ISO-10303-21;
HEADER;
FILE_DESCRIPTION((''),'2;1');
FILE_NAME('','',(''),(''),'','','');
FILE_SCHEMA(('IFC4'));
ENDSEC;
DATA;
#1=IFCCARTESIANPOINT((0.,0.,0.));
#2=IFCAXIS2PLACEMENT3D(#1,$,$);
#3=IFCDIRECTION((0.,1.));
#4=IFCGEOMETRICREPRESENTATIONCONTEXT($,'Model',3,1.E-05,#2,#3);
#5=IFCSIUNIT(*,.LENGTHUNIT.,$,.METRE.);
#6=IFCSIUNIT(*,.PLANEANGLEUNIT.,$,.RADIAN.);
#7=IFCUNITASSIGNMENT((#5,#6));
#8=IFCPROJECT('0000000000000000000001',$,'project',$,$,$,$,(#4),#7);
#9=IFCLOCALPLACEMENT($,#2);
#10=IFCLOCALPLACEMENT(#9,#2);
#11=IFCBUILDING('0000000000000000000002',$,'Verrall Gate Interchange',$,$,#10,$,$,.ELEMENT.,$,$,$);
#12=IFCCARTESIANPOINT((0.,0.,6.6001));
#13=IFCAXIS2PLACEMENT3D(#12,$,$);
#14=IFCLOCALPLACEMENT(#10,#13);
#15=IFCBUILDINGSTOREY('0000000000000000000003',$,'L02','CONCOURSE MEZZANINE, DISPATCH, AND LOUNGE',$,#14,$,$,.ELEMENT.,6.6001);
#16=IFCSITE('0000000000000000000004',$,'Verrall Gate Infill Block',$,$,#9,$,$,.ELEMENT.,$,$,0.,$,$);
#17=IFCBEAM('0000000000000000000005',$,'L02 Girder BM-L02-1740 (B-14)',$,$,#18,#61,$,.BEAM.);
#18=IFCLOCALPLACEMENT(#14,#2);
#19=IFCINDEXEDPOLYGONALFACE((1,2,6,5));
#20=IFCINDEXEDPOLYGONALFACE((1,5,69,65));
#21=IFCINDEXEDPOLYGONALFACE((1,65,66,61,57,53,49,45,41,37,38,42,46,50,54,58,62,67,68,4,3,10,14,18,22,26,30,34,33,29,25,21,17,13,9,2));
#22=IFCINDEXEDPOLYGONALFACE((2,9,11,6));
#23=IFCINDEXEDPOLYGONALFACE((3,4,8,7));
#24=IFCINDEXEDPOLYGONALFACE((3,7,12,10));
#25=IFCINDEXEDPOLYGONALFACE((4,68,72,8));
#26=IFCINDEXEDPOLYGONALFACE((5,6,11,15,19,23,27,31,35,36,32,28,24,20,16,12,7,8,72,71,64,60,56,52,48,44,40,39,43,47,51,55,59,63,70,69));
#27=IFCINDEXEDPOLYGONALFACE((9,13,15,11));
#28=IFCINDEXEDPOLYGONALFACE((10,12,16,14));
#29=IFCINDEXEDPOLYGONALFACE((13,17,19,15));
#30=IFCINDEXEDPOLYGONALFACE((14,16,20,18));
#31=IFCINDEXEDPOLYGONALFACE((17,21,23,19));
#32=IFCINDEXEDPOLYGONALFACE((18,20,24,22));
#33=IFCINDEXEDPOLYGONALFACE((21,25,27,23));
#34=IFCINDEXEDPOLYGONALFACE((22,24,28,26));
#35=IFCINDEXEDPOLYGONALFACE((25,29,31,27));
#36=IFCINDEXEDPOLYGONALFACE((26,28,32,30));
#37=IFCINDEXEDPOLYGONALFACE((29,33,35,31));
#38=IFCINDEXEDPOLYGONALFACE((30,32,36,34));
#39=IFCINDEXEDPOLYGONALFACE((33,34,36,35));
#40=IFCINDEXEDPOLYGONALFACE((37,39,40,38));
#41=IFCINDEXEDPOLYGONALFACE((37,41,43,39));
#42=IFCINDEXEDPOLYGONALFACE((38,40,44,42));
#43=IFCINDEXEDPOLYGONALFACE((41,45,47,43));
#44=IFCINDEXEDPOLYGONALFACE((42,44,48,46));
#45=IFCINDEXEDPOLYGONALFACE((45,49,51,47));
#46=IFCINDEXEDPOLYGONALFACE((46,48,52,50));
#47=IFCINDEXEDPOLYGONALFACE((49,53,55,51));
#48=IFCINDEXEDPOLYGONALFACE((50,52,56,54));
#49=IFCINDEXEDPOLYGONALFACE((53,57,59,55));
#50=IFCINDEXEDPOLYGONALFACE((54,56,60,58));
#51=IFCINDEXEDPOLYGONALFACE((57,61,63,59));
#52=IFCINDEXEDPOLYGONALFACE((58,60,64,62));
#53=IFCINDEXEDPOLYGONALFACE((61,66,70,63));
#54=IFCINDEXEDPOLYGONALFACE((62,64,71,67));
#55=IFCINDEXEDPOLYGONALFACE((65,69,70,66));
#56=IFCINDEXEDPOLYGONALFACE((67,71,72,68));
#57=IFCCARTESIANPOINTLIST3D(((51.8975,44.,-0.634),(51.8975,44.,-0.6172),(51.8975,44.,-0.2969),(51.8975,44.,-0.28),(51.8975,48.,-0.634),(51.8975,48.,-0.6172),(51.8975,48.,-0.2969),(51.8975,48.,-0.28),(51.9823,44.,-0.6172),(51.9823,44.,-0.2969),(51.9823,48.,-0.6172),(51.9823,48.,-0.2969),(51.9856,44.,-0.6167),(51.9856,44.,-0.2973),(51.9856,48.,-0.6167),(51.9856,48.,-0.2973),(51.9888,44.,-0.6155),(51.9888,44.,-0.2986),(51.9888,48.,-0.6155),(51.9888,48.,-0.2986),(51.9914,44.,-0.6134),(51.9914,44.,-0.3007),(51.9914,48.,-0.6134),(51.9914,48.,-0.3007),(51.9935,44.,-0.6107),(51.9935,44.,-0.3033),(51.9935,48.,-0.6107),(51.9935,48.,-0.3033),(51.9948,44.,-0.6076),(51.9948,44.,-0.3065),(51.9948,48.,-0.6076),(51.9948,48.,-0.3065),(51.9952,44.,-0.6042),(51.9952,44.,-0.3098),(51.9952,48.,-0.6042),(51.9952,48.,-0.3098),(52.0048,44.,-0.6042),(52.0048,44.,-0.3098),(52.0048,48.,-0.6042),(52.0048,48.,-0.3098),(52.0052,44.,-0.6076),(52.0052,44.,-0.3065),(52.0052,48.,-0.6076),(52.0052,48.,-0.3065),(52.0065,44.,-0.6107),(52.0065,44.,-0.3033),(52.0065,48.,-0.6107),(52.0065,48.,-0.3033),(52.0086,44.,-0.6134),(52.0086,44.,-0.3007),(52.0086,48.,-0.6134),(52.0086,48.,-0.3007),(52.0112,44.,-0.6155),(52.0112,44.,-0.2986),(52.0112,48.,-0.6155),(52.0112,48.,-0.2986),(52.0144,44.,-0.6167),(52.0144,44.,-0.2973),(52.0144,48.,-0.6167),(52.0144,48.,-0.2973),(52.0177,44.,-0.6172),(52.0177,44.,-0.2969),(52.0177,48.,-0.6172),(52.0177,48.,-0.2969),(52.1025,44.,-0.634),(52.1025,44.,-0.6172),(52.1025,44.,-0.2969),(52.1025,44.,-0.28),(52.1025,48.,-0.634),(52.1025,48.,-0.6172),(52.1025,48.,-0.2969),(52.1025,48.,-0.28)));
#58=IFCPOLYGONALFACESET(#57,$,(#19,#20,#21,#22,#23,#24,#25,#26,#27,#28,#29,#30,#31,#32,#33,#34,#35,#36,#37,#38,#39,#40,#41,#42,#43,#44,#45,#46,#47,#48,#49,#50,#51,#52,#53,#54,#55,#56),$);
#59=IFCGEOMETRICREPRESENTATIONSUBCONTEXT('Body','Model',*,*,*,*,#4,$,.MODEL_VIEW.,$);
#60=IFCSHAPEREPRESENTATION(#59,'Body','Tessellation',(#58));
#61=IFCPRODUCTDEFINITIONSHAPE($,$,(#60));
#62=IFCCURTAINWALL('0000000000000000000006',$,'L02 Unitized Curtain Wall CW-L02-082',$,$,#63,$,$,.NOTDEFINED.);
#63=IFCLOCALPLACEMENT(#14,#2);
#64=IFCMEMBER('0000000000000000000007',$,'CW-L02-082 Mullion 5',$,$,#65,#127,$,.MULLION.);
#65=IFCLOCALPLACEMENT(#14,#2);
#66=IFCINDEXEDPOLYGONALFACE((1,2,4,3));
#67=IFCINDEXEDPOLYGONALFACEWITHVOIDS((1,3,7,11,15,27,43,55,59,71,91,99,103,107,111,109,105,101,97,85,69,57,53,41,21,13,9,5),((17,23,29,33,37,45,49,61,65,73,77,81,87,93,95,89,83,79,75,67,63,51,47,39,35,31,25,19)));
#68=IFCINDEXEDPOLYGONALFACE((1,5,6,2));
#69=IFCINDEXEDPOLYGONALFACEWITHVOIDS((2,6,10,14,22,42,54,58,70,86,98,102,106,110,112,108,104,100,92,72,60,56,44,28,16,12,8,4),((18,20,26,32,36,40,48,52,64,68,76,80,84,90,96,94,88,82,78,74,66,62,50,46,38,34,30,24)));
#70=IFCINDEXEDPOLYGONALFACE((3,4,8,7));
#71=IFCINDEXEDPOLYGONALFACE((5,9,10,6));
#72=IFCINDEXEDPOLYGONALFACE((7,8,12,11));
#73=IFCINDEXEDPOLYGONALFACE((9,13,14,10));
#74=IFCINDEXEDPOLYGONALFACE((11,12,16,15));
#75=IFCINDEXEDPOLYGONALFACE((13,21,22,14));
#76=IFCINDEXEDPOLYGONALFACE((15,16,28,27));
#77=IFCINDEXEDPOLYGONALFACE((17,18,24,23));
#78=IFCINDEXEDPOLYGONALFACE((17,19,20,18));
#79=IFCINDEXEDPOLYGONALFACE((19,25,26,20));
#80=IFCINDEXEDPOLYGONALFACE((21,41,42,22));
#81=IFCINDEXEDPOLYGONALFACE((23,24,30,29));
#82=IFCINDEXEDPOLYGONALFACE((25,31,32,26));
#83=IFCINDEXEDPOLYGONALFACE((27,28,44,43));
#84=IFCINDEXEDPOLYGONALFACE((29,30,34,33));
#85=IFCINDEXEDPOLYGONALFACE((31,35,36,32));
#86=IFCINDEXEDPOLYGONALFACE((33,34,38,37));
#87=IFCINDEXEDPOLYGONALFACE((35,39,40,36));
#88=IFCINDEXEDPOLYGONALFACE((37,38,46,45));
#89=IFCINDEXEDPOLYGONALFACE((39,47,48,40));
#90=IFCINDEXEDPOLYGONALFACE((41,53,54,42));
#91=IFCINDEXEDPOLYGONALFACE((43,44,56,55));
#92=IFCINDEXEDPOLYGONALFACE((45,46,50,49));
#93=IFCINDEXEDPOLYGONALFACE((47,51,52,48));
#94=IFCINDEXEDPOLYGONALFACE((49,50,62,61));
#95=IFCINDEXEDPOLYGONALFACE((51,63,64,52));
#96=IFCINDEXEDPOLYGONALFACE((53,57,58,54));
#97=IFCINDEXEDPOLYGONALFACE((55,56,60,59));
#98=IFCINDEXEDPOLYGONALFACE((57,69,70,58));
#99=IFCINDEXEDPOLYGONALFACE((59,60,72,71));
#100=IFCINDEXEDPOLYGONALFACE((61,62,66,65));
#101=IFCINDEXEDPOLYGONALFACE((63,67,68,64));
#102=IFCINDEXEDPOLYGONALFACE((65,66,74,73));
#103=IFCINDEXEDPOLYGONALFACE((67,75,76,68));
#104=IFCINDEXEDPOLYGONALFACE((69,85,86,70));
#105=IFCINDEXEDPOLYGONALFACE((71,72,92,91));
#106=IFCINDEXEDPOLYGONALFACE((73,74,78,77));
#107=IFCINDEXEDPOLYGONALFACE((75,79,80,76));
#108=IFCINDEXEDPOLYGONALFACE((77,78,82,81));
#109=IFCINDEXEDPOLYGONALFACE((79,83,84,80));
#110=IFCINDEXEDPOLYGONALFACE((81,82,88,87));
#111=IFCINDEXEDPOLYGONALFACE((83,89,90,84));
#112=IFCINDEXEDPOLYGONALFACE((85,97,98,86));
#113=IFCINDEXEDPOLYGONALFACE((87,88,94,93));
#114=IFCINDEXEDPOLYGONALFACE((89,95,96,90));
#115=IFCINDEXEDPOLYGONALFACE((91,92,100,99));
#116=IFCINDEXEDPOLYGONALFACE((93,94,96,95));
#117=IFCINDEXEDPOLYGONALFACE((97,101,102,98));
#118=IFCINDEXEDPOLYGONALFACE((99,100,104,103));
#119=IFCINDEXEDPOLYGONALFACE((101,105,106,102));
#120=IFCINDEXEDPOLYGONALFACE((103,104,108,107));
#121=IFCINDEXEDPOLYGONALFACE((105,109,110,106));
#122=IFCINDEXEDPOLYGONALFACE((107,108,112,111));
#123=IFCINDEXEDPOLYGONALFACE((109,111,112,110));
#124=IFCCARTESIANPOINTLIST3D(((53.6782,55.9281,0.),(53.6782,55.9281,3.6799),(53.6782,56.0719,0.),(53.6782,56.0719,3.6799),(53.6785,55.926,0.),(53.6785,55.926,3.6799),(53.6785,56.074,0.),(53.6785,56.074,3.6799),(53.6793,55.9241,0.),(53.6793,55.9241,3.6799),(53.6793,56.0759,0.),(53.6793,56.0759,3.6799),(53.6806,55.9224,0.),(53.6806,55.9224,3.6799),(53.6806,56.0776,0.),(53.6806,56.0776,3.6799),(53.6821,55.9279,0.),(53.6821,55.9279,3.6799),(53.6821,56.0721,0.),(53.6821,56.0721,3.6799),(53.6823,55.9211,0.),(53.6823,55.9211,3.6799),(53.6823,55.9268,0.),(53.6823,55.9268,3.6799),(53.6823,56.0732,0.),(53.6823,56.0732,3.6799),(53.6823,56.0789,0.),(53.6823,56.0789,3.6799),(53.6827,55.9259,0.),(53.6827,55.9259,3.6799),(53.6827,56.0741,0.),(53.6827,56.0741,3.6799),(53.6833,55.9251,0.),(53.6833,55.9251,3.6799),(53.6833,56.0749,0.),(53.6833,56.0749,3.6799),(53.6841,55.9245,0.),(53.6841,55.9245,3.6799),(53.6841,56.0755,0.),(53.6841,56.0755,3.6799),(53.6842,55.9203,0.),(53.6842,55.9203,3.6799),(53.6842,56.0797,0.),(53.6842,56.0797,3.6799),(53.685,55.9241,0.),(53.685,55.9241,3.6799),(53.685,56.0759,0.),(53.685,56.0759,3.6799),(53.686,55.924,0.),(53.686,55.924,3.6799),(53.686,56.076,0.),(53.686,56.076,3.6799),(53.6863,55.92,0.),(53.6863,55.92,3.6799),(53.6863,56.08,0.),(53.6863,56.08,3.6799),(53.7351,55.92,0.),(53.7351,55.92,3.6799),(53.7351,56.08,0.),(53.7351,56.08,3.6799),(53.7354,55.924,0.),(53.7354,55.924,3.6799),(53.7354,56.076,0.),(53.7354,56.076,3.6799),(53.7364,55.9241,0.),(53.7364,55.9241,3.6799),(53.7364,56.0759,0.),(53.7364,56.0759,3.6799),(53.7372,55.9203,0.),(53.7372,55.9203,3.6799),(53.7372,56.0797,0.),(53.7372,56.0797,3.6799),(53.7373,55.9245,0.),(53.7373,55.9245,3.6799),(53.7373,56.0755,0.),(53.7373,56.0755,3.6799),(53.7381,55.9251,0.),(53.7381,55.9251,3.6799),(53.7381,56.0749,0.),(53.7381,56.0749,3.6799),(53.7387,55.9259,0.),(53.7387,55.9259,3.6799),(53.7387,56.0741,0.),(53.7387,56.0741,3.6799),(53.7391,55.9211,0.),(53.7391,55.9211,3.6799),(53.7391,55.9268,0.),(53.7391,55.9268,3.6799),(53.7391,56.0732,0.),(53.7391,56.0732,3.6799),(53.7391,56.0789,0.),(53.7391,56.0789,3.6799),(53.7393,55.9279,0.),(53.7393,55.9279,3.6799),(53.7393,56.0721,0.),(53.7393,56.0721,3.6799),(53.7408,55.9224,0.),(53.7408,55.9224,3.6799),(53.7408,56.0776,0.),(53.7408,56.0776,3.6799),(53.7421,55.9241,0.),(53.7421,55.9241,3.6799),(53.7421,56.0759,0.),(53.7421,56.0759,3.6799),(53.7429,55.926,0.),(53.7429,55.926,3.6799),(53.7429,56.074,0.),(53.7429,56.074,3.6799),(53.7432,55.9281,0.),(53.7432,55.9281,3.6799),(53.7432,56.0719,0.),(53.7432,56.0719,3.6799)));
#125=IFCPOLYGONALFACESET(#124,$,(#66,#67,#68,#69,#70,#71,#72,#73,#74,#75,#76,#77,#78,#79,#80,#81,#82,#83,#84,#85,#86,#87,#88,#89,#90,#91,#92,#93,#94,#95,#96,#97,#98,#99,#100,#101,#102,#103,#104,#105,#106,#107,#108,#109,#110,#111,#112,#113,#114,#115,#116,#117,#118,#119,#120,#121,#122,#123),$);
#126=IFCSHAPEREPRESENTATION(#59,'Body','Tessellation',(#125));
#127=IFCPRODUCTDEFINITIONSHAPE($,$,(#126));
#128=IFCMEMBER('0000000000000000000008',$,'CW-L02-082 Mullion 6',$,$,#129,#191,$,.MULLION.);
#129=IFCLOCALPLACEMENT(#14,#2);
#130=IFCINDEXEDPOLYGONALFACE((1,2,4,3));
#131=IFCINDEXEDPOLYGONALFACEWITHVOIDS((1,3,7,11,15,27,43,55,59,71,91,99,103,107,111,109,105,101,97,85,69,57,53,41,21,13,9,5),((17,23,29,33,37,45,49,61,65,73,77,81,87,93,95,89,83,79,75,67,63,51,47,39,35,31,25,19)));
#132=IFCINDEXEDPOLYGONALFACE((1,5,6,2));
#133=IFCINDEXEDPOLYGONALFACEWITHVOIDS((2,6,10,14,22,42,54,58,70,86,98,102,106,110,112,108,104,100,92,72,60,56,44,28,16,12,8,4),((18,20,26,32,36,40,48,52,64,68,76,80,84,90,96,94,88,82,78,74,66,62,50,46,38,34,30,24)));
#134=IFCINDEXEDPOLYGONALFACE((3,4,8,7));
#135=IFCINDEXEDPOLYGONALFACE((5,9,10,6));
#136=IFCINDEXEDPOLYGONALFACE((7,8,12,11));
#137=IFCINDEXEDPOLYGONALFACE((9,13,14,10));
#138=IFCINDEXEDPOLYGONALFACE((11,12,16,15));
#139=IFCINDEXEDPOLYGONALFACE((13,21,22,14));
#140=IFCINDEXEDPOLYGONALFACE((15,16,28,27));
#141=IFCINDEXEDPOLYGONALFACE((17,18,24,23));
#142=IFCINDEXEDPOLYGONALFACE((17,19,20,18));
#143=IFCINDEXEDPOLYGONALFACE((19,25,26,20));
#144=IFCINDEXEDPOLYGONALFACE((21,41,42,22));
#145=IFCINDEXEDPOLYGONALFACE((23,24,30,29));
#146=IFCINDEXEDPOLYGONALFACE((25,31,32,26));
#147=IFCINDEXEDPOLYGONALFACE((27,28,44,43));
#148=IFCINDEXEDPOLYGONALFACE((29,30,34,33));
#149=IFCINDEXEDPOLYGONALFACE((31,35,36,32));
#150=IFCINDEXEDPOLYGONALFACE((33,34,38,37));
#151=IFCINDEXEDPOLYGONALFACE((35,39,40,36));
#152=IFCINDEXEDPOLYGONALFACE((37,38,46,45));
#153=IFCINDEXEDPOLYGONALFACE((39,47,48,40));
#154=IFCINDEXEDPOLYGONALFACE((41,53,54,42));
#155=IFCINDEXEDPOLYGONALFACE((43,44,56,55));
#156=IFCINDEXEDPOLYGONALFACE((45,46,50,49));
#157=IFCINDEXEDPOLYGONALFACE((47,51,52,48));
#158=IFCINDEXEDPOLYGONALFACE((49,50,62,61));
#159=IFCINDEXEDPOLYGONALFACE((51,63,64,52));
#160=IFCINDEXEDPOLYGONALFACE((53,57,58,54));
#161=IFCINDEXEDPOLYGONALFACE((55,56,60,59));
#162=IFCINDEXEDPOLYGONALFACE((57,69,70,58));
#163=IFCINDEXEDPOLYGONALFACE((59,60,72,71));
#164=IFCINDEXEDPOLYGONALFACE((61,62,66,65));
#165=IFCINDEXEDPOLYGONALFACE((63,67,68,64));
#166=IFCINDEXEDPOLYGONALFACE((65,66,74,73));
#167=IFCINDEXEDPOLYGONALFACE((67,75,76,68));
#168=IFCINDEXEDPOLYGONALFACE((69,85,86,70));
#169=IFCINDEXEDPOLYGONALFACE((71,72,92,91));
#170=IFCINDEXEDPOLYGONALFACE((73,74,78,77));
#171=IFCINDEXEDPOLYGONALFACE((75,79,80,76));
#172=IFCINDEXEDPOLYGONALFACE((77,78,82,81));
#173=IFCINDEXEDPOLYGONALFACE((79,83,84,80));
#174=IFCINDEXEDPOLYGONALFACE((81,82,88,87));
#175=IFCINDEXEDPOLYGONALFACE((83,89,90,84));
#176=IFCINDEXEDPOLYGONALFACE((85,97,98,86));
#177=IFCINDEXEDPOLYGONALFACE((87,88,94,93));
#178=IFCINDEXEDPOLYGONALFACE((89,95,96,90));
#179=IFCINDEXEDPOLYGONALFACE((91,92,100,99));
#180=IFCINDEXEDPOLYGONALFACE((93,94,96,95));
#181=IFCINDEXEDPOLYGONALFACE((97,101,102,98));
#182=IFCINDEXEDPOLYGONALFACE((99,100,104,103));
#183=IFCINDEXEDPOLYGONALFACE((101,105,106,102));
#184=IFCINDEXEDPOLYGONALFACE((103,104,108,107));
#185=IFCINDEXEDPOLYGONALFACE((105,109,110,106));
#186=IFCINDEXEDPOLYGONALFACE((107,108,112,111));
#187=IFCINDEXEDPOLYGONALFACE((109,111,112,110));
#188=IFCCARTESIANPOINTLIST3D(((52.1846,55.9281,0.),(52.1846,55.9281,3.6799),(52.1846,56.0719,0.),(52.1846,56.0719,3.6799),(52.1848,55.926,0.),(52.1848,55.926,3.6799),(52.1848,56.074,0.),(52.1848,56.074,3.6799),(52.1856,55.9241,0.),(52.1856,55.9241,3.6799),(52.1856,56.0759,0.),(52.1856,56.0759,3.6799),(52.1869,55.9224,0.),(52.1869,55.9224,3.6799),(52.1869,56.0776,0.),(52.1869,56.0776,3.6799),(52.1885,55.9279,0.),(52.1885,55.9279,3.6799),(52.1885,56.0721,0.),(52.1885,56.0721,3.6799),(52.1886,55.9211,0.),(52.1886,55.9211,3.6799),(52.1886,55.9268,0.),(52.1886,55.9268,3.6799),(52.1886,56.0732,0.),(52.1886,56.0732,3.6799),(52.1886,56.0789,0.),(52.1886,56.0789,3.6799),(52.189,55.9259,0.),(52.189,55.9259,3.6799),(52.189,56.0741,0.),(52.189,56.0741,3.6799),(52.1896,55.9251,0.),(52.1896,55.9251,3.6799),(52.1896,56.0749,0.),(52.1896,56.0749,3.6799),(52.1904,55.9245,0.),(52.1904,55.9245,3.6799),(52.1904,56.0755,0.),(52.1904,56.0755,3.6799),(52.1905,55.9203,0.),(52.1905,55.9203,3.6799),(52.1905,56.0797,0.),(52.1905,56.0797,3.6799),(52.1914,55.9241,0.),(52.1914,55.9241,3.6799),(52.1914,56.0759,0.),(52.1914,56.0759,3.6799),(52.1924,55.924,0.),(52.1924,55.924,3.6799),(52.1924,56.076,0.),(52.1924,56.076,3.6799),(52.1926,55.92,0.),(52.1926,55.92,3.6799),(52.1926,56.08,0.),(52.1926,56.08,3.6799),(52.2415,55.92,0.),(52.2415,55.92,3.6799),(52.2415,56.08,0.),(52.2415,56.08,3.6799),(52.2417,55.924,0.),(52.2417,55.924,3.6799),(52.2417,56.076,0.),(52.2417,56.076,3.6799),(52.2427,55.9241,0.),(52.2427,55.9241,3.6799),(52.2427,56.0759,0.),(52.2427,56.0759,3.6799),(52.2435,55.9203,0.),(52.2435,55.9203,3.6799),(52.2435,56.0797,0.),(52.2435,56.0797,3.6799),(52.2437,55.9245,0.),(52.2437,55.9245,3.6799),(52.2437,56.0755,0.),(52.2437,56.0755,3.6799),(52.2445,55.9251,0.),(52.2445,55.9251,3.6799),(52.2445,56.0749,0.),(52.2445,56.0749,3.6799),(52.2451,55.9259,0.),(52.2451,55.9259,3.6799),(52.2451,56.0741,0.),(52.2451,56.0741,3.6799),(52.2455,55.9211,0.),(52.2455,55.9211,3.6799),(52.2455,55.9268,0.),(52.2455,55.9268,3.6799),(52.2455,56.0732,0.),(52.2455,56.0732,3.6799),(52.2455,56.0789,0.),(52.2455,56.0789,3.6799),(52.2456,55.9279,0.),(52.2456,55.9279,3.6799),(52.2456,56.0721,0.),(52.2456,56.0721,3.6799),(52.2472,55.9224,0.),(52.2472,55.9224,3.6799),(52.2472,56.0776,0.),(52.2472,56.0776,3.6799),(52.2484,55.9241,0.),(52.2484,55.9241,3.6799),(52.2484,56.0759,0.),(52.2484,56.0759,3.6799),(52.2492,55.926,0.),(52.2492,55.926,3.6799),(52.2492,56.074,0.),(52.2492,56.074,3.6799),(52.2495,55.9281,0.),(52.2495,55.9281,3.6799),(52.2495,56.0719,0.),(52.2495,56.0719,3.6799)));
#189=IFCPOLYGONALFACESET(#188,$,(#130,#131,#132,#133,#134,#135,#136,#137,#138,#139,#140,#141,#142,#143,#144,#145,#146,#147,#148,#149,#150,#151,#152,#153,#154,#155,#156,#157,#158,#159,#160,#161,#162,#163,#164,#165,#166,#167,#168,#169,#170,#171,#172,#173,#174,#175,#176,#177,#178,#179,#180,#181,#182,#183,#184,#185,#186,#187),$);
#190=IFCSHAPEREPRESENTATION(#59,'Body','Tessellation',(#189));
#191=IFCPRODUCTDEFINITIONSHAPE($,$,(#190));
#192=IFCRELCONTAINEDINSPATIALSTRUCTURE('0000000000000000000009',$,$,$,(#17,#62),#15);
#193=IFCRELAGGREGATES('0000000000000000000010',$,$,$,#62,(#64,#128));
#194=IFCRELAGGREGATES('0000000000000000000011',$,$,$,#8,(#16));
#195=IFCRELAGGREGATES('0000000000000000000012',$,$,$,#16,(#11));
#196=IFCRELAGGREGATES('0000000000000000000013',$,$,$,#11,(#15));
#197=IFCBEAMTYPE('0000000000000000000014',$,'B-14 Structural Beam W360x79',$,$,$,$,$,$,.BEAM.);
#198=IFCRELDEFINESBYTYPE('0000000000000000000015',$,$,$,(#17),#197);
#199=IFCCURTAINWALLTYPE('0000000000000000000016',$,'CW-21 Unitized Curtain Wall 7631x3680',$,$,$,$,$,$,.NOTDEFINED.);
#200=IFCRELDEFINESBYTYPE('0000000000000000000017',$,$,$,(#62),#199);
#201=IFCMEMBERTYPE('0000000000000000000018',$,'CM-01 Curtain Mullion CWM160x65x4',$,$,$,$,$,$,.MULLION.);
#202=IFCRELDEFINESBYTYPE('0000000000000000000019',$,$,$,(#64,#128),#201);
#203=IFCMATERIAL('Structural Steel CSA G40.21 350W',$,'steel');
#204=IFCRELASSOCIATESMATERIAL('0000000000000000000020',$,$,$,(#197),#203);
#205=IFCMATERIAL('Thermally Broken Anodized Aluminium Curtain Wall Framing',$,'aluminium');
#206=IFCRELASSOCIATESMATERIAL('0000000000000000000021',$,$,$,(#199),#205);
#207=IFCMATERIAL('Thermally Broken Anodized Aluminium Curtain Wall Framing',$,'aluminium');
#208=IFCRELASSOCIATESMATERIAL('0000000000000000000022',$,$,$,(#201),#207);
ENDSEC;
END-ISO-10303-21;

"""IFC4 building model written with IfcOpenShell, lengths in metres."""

from ifc_helpers import new_model, si_unit, direction, frame, origin, origin_2d, place, context, subcontext, project, spatial, hollow_rectangle, i_section, extrude, material, material_profile, profile_set, type_object, element, aggregate, save


model = new_model("IFC4")

# Units and contexts
model_context = context("Model", 3, precision=1e-05, world=origin(), true_north=direction((0.0, 1.0)))
body_context = subcontext(model_context, "Body", "Model", "MODEL_VIEW")
ifc_project = project(units=[si_unit("LENGTHUNIT", "METRE"), si_unit("PLANEANGLEUNIT", "RADIAN")], contexts=[model_context])

# Site, building, storey
site_placement = place(None, origin())
site = spatial("IfcSite", under=ifc_project, at=site_placement, Name="Verrall Gate Infill Block", CompositionType="ELEMENT", RefElevation=0.0)
building_placement = place(site_placement, origin())
building = spatial("IfcBuilding", under=site, at=building_placement, Name="Verrall Gate Interchange", CompositionType="ELEMENT")
storey_placement = place(building_placement, frame((0.0, 0.0, 6.6001)))
storey = spatial("IfcBuildingStorey", under=building, at=storey_placement, Name="L02", Description="CONCOURSE MEZZANINE, DISPATCH, AND LOUNGE", CompositionType="ELEMENT", Elevation=6.6001)

# Beam
ifc_material_1 = material(Name="Structural Steel CSA G40.21 350W", Category="steel")
ifc_material_profile_1 = material_profile(ifc_material_1, i_section(OverallWidth=0.2051, OverallDepth=0.354, WebThickness=0.0095, FlangeThickness=0.0168, FilletRadius=0.0129, at=origin_2d()), Name="W360x79")
ifc_profile_set_1 = profile_set([ifc_material_profile_1], Name="Structural Steel CSA G40.21 350W")
beam_type_1 = type_object("IfcBeamType", Name="B-14 Structural Beam W360x79", PredefinedType="BEAM", material=ifc_profile_set_1)
beam_1_placement = place(storey_placement, frame((52.0, 44.0, -0.457), z_axis=(0.0, 1.0, 0.0), x_axis=(-1.0, 0.0, 0.0)))
element("IfcBeam", 1, at=beam_1_placement, inside=storey, type_object=beam_type_1, Name="L02 Girder BM-L02-1740 (B-14)", PredefinedType="BEAM", context=body_context, shape_type="SweptSolid", body=[
    extrude(i_section(OverallWidth=0.2051, OverallDepth=0.354, WebThickness=0.0095, FlangeThickness=0.0168, FilletRadius=0.0129, at=origin_2d()), origin(), (0.0, 0.0, 1.0), 4.0),
])

# Curtain wall, members
ifc_material_2 = material(Name="Thermally Broken Anodized Aluminium Curtain Wall Framing", Category="aluminium")
curtain_wall_type = type_object("IfcCurtainWallType", Name="CW-21 Unitized Curtain Wall 7631x3680", PredefinedType="NOTDEFINED", material=ifc_material_2)
curtain_wall_1_placement = place(storey_placement, origin())
curtain_wall_1 = element("IfcCurtainWall", 2, at=curtain_wall_1_placement, inside=storey, type_object=curtain_wall_type, Name="L02 Unitized Curtain Wall CW-L02-082", PredefinedType="NOTDEFINED")
ifc_material_3 = material(Name="Thermally Broken Anodized Aluminium Curtain Wall Framing", Category="aluminium")
ifc_material_profile_2 = material_profile(ifc_material_3, hollow_rectangle(XDim=0.0649, YDim=0.1599, WallThickness=0.0039, InnerFilletRadius=0.0039, OuterFilletRadius=0.0081, at=origin_2d()), Name="CWM160x65x4")
ifc_profile_set_2 = profile_set([ifc_material_profile_2], Name="Thermally Broken Anodized Aluminium Curtain Wall Framing")
member_type_1 = type_object("IfcMemberType", Name="CM-01 Curtain Mullion CWM160x65x4", PredefinedType="MULLION", material=ifc_profile_set_2)
member_1_placement = place(storey_placement, frame((53.7107, 56.0, 0.0), z_axis=(0.0, 0.0, 1.0), x_axis=(-1.0, 0.0, 0.0)))
member_1 = element("IfcMember", 3, at=member_1_placement, type_object=member_type_1, Name="CW-L02-082 Mullion 5", PredefinedType="MULLION", context=body_context, shape_type="SweptSolid", body=[
    extrude(hollow_rectangle(XDim=0.0649, YDim=0.1599, WallThickness=0.0039, InnerFilletRadius=0.0039, OuterFilletRadius=0.0081, at=origin_2d()), origin(), (0.0, 0.0, 1.0), 3.6799),
])
member_2_placement = place(storey_placement, frame((52.217, 56.0, 0.0), z_axis=(0.0, 0.0, 1.0), x_axis=(-1.0, 0.0, 0.0)))
member_2 = element("IfcMember", 4, at=member_2_placement, type_object=member_type_1, Name="CW-L02-082 Mullion 6", PredefinedType="MULLION", context=body_context, shape_type="SweptSolid", body=[
    extrude(hollow_rectangle(XDim=0.0649, YDim=0.1599, WallThickness=0.0039, InnerFilletRadius=0.0039, OuterFilletRadius=0.0081, at=origin_2d()), origin(), (0.0, 0.0, 1.0), 3.6799),
])

aggregate(curtain_wall_1, [member_1, member_2])

save(model, "model.ifc")
